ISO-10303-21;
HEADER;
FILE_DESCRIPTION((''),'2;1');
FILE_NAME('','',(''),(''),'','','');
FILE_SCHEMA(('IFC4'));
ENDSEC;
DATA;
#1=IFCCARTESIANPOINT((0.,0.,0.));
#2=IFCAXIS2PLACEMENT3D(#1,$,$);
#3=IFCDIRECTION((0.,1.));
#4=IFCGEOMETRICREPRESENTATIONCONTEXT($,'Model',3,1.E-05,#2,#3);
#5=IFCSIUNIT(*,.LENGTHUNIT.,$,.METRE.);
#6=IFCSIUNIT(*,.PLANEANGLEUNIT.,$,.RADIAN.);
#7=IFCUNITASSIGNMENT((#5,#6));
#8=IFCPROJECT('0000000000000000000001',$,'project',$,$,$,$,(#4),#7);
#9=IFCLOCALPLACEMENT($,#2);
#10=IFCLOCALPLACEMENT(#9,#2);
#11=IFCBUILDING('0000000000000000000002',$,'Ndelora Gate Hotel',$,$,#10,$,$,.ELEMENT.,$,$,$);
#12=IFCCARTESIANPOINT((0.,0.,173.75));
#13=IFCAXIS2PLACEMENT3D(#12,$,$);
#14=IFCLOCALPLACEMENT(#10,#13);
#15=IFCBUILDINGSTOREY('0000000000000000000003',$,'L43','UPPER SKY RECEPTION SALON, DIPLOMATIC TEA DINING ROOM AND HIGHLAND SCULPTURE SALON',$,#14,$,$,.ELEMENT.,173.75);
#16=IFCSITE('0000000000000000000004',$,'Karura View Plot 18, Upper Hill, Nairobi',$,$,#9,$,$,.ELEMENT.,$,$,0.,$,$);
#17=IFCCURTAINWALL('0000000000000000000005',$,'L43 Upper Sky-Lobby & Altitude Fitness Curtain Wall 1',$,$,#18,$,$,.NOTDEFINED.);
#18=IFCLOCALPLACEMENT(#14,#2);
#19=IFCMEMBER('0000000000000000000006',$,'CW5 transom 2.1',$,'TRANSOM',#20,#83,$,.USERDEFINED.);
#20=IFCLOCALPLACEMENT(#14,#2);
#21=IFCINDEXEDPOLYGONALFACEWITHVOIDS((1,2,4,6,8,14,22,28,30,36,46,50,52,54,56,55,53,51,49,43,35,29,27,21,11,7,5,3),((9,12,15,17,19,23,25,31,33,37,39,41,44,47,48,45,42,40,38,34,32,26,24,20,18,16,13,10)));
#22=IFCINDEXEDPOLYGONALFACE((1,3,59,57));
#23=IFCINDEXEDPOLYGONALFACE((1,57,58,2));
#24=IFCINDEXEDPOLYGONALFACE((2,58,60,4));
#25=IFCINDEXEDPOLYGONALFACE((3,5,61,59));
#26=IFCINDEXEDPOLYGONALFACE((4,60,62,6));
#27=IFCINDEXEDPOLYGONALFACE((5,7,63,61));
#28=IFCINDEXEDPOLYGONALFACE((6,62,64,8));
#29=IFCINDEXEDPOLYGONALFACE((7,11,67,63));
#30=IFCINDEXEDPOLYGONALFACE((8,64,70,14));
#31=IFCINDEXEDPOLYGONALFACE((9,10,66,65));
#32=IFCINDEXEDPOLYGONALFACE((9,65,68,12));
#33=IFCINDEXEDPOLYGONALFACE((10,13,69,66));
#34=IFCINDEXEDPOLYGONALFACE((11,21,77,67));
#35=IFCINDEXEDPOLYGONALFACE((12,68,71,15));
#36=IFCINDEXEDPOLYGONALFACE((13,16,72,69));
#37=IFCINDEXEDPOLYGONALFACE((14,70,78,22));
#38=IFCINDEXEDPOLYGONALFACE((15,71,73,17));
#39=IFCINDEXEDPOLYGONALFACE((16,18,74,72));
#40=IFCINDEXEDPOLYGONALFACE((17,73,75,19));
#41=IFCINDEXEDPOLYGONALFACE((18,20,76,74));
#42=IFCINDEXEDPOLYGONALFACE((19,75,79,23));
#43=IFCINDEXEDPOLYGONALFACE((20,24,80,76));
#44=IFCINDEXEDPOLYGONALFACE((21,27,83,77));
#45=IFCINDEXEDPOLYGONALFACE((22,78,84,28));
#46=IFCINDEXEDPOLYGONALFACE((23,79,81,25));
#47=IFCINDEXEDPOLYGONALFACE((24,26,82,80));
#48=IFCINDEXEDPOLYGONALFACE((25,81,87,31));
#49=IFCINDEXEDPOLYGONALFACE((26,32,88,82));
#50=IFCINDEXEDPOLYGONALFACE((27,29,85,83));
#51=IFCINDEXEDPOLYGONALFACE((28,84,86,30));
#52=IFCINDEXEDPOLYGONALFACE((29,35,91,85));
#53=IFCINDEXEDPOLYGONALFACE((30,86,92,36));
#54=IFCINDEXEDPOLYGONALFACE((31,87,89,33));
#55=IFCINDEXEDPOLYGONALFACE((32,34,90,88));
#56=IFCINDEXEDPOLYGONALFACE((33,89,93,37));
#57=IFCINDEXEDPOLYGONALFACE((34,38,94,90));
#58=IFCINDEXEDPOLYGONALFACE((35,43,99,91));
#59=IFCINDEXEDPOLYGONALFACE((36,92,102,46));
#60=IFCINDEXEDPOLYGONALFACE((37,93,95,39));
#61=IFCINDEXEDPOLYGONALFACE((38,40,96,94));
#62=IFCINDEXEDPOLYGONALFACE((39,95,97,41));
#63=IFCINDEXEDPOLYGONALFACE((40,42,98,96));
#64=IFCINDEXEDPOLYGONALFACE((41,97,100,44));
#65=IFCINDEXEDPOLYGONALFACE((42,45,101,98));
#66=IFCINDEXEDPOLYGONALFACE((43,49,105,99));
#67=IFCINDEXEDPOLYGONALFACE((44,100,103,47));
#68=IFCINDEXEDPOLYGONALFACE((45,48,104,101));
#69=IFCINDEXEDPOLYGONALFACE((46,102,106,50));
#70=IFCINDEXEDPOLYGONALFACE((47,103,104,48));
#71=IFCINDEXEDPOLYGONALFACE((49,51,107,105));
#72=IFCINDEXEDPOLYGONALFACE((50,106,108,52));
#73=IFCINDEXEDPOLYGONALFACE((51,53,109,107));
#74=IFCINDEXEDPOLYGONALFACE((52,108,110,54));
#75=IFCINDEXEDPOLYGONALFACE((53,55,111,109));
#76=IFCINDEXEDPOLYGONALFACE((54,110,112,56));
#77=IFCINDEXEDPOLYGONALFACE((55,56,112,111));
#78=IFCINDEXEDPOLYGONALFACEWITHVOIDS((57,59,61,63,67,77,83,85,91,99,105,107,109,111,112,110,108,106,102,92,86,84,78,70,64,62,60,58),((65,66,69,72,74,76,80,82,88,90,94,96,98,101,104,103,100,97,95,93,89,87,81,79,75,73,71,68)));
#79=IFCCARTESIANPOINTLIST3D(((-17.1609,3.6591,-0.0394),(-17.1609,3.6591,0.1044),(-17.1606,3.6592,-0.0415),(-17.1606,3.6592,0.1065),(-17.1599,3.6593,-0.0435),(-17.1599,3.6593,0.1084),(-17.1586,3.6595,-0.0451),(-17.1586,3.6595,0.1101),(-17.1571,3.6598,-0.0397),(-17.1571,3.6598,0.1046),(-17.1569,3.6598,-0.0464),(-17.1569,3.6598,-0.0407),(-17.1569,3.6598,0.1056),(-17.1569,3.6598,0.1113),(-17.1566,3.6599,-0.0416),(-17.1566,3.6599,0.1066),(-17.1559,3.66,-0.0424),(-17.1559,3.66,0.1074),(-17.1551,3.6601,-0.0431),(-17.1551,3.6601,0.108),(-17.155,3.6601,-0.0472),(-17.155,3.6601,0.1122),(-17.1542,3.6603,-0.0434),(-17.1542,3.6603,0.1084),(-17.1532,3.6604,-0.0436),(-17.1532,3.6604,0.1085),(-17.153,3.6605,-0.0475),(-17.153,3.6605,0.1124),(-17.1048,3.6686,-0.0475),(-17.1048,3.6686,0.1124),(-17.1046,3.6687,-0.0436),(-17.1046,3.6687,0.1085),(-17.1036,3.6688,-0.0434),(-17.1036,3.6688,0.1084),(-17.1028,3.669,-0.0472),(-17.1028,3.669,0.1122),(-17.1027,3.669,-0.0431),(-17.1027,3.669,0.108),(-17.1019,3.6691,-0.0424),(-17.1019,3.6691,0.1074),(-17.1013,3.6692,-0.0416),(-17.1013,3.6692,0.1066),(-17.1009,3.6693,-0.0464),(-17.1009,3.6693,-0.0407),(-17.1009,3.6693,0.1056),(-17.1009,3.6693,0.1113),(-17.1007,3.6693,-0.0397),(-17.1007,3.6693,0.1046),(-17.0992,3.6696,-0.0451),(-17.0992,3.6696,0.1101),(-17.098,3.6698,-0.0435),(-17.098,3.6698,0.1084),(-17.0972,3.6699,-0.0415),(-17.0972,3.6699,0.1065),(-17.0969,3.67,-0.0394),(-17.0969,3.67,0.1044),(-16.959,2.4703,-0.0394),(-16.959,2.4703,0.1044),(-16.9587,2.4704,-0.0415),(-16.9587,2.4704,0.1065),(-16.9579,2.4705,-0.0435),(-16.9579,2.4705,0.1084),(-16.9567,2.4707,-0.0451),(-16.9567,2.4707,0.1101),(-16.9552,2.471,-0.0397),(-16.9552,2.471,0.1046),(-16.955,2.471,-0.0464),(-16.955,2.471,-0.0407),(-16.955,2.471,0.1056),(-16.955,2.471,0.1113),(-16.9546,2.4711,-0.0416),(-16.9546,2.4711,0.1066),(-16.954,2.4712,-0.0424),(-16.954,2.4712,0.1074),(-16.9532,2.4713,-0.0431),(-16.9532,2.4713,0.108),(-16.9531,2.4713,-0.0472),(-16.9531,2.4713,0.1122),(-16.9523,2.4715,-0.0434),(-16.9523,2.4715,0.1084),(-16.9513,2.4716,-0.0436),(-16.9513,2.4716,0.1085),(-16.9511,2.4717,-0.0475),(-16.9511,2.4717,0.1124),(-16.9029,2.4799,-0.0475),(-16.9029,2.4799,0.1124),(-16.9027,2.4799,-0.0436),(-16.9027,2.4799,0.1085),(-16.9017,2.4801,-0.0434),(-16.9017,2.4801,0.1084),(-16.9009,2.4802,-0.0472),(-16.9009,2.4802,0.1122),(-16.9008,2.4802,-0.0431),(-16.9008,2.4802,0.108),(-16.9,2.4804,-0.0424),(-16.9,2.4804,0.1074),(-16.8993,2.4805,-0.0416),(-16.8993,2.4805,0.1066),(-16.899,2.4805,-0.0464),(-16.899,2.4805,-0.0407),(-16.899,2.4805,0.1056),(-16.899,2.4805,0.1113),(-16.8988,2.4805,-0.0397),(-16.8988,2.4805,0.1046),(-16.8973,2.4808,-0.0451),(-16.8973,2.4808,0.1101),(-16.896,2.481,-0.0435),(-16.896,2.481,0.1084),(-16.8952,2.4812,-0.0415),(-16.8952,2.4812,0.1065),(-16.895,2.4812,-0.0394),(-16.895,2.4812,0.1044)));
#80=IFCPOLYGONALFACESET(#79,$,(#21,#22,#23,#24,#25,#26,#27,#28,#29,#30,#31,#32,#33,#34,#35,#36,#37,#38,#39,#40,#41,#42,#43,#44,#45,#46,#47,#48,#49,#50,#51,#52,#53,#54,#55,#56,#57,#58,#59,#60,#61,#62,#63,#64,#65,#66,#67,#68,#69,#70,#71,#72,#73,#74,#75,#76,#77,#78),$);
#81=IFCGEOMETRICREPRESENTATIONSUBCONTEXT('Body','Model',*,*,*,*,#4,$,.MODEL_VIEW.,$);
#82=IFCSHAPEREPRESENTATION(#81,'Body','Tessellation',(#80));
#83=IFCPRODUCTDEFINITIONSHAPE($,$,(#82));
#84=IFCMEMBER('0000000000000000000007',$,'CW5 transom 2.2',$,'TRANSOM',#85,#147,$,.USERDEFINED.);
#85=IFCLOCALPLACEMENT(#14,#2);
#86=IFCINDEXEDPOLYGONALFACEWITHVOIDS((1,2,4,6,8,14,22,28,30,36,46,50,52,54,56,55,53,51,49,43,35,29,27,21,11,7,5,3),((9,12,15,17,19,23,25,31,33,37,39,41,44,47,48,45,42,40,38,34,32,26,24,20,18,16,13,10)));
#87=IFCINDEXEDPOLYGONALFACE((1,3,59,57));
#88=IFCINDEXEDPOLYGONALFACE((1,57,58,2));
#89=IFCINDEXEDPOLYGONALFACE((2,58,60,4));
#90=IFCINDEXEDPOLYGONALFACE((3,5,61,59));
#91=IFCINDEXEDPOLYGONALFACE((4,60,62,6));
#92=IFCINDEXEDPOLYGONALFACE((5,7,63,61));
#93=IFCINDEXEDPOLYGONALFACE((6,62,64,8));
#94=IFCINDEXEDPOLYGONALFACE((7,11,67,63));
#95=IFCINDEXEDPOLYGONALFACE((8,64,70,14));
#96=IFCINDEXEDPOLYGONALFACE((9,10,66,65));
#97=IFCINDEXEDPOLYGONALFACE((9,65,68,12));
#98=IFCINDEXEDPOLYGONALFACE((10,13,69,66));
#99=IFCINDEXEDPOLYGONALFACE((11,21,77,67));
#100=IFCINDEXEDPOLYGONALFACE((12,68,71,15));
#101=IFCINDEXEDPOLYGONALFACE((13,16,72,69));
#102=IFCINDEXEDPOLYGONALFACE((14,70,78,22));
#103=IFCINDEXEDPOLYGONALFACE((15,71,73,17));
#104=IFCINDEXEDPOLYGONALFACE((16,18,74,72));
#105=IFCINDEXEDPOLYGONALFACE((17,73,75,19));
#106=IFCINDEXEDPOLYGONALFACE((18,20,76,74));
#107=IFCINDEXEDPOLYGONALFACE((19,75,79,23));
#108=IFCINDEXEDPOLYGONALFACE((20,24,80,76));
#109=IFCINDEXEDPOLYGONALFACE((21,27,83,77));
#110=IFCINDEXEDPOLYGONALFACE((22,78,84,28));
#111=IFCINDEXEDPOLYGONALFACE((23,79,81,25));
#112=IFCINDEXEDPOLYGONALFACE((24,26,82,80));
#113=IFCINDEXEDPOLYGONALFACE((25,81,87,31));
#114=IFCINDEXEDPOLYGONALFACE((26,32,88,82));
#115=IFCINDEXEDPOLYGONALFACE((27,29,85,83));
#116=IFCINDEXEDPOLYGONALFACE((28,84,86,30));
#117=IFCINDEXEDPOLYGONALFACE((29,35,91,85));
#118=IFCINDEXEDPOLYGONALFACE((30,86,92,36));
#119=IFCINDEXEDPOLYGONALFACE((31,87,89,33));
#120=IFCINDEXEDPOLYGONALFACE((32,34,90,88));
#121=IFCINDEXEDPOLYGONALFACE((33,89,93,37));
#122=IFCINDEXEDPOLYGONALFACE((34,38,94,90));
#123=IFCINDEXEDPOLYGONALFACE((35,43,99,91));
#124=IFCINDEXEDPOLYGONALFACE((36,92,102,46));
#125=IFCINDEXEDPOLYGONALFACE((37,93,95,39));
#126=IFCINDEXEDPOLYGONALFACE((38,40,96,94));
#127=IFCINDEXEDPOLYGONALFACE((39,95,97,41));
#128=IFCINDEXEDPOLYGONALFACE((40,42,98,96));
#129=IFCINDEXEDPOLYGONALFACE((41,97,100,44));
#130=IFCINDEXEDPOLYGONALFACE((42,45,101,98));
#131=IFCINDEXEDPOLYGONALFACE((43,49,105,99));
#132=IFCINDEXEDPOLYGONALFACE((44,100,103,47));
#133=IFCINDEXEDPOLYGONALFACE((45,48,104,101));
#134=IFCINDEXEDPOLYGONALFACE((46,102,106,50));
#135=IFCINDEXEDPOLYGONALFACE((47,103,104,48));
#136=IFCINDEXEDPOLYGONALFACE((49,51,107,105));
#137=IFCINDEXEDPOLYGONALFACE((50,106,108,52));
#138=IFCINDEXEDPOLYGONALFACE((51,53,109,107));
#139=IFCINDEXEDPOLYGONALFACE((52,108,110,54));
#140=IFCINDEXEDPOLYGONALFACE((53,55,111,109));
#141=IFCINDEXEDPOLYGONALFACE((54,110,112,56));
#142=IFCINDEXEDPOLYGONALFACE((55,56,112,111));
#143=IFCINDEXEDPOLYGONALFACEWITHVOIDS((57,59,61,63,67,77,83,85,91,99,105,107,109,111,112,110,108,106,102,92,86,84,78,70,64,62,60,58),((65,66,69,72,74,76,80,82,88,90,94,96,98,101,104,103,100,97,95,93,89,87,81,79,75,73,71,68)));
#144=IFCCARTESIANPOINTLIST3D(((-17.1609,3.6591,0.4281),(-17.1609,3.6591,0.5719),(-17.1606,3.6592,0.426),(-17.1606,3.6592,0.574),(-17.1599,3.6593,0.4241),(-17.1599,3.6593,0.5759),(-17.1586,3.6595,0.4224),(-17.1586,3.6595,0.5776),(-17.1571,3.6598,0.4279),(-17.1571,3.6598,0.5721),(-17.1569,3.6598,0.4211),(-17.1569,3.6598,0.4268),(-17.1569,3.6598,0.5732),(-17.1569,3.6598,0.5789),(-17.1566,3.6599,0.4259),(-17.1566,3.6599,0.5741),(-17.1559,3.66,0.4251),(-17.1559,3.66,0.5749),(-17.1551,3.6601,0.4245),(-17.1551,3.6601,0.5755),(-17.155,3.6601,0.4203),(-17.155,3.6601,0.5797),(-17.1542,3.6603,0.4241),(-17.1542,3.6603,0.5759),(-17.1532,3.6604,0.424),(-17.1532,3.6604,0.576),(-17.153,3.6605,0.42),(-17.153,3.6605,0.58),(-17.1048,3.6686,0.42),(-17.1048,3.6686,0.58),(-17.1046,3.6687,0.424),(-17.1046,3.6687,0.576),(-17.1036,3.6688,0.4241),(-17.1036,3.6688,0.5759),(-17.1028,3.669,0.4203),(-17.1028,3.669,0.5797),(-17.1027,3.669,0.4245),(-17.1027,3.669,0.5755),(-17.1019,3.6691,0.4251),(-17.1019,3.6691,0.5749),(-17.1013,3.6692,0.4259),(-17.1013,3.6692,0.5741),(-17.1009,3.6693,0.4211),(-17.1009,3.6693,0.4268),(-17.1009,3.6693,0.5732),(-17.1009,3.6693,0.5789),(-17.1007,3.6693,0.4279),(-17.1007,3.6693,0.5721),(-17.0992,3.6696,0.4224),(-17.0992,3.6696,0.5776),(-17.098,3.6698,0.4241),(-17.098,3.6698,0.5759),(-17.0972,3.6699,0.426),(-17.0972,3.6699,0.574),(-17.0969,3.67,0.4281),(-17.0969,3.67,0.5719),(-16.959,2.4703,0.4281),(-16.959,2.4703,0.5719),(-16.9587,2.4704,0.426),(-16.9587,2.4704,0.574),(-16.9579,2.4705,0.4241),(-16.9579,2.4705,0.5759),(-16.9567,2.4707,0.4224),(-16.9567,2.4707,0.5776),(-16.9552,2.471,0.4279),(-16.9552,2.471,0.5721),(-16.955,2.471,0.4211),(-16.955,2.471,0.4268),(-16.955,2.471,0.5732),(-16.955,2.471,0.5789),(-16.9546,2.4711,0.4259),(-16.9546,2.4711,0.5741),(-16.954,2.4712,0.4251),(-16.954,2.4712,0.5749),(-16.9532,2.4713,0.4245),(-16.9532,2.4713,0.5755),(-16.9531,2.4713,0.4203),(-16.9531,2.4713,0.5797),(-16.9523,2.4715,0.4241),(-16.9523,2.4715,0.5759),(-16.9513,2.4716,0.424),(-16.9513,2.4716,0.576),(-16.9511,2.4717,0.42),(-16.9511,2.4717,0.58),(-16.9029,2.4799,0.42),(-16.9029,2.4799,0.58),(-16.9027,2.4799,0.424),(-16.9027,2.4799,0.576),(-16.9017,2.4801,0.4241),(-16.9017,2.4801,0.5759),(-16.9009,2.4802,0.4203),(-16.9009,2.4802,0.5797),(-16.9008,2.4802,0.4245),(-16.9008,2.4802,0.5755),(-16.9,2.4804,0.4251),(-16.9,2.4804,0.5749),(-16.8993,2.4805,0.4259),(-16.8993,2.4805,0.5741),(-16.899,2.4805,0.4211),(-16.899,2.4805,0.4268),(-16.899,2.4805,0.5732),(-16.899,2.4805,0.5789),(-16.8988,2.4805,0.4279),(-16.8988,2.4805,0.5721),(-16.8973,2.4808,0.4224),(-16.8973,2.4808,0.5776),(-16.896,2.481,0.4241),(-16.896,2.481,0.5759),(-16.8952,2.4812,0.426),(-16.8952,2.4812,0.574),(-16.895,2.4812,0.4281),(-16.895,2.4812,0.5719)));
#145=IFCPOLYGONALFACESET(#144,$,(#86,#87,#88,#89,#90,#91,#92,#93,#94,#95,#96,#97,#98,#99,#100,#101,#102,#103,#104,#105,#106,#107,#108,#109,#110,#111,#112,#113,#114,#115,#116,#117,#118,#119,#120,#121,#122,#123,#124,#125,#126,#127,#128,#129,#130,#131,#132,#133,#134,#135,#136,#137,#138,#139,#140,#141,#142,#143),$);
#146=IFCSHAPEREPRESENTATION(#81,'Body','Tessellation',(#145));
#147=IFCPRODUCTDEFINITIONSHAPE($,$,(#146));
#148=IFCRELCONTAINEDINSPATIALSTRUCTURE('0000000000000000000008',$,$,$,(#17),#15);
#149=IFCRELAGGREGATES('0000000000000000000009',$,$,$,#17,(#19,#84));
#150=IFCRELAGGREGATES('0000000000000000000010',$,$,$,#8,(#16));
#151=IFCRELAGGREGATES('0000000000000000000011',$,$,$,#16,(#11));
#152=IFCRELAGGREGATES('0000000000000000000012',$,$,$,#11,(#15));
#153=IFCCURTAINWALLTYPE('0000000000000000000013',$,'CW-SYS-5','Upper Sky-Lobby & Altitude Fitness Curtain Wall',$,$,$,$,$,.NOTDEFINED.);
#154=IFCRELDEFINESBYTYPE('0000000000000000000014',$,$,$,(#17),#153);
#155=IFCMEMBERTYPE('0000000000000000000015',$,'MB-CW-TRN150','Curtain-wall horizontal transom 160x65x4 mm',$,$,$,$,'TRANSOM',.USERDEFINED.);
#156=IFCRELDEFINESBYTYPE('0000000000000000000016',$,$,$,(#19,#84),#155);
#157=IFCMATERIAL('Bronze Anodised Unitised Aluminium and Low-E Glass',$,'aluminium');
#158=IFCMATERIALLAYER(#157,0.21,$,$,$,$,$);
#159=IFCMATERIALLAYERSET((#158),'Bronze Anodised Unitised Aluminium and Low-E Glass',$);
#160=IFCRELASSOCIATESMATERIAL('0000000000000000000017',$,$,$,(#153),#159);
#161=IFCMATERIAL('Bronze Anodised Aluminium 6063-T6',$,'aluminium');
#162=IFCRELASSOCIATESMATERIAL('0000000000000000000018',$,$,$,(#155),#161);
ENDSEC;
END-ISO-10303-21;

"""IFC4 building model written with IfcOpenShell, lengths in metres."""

from ifc_helpers import new_model, si_unit, direction, frame, origin, origin_2d, place, context, subcontext, project, spatial, hollow_rectangle, extrude, material, layer, layer_set, material_profile, profile_set, type_object, element, aggregate, save


model = new_model("IFC4")

# Units and contexts
model_context = context("Model", 3, precision=1e-05, world=origin(), true_north=direction((0.0, 1.0)))
body_context = subcontext(model_context, "Body", "Model", "MODEL_VIEW")
ifc_project = project(units=[si_unit("LENGTHUNIT", "METRE"), si_unit("PLANEANGLEUNIT", "RADIAN")], contexts=[model_context])

# Site, building, storey
site_placement = place(None, origin())
site = spatial("IfcSite", under=ifc_project, at=site_placement, Name="Karura View Plot 18, Upper Hill, Nairobi", CompositionType="ELEMENT", RefElevation=0.0)
building_placement = place(site_placement, origin())
building = spatial("IfcBuilding", under=site, at=building_placement, Name="Ndelora Gate Hotel", CompositionType="ELEMENT")
storey_placement = place(building_placement, frame((0.0, 0.0, 173.75)))
storey = spatial("IfcBuildingStorey", under=building, at=storey_placement, Name="L43", Description="UPPER SKY RECEPTION SALON, DIPLOMATIC TEA DINING ROOM AND HIGHLAND SCULPTURE SALON", CompositionType="ELEMENT", Elevation=173.75)

# Curtain wall, members
ifc_material_1 = material(Name="Bronze Anodised Unitised Aluminium and Low-E Glass", Category="aluminium")
ifc_layer_1 = layer(ifc_material_1, 0.21)
ifc_layer_set_1 = layer_set([ifc_layer_1], Name="Bronze Anodised Unitised Aluminium and Low-E Glass")
curtain_wall_type = type_object("IfcCurtainWallType", Name="CW-SYS-5", Description="Upper Sky-Lobby & Altitude Fitness Curtain Wall", PredefinedType="NOTDEFINED", material=ifc_layer_set_1)
curtain_wall_placement = place(storey_placement, origin())
curtain_wall = element("IfcCurtainWall", 1, at=curtain_wall_placement, inside=storey, type_object=curtain_wall_type, Name="L43 Upper Sky-Lobby & Altitude Fitness Curtain Wall 1", PredefinedType="NOTDEFINED")
ifc_material_2 = material(Name="Bronze Anodised Aluminium 6063-T6", Category="aluminium")
ifc_material_profile_1 = material_profile(ifc_material_2, hollow_rectangle(XDim=0.0649, YDim=0.1599, WallThickness=0.0039, InnerFilletRadius=0.0039, OuterFilletRadius=0.0081, at=origin_2d()), Name="ALU 160x65x4")
ifc_profile_set_1 = profile_set([ifc_material_profile_1], Name="Bronze Anodised Aluminium 6063-T6")
member_type_1 = type_object("IfcMemberType", Name="MB-CW-TRN150", Description="Curtain-wall horizontal transom 160x65x4 mm", ElementType="TRANSOM", PredefinedType="USERDEFINED", material=ifc_profile_set_1)
member_1_placement = place(storey_placement, frame((-17.1289, 3.6646, 0.0325), z_axis=(0.167452, -0.98588, 0.0), x_axis=(0.98588, 0.167452, 0.0)))
member_1 = element("IfcMember", 2, at=member_1_placement, type_object=member_type_1, Name="CW5 transom 2.1", ObjectType="TRANSOM", PredefinedType="USERDEFINED", context=body_context, shape_type="SweptSolid", body=[
    extrude(hollow_rectangle(XDim=0.0649, YDim=0.1599, WallThickness=0.0039, InnerFilletRadius=0.0039, OuterFilletRadius=0.0081, at=origin_2d()), origin(), (0.0, 0.0, 1.0), 1.2058),
])
member_2_placement = place(storey_placement, frame((-17.1289, 3.6646, 0.5), z_axis=(0.167452, -0.98588, 0.0), x_axis=(0.98588, 0.167452, 0.0)))
member_2 = element("IfcMember", 3, at=member_2_placement, type_object=member_type_1, Name="CW5 transom 2.2", ObjectType="TRANSOM", PredefinedType="USERDEFINED", context=body_context, shape_type="SweptSolid", body=[
    extrude(hollow_rectangle(XDim=0.0649, YDim=0.1599, WallThickness=0.0039, InnerFilletRadius=0.0039, OuterFilletRadius=0.0081, at=origin_2d()), origin(), (0.0, 0.0, 1.0), 1.2058),
])
aggregate(curtain_wall, [member_1, member_2])

save(model, "model.ifc")
